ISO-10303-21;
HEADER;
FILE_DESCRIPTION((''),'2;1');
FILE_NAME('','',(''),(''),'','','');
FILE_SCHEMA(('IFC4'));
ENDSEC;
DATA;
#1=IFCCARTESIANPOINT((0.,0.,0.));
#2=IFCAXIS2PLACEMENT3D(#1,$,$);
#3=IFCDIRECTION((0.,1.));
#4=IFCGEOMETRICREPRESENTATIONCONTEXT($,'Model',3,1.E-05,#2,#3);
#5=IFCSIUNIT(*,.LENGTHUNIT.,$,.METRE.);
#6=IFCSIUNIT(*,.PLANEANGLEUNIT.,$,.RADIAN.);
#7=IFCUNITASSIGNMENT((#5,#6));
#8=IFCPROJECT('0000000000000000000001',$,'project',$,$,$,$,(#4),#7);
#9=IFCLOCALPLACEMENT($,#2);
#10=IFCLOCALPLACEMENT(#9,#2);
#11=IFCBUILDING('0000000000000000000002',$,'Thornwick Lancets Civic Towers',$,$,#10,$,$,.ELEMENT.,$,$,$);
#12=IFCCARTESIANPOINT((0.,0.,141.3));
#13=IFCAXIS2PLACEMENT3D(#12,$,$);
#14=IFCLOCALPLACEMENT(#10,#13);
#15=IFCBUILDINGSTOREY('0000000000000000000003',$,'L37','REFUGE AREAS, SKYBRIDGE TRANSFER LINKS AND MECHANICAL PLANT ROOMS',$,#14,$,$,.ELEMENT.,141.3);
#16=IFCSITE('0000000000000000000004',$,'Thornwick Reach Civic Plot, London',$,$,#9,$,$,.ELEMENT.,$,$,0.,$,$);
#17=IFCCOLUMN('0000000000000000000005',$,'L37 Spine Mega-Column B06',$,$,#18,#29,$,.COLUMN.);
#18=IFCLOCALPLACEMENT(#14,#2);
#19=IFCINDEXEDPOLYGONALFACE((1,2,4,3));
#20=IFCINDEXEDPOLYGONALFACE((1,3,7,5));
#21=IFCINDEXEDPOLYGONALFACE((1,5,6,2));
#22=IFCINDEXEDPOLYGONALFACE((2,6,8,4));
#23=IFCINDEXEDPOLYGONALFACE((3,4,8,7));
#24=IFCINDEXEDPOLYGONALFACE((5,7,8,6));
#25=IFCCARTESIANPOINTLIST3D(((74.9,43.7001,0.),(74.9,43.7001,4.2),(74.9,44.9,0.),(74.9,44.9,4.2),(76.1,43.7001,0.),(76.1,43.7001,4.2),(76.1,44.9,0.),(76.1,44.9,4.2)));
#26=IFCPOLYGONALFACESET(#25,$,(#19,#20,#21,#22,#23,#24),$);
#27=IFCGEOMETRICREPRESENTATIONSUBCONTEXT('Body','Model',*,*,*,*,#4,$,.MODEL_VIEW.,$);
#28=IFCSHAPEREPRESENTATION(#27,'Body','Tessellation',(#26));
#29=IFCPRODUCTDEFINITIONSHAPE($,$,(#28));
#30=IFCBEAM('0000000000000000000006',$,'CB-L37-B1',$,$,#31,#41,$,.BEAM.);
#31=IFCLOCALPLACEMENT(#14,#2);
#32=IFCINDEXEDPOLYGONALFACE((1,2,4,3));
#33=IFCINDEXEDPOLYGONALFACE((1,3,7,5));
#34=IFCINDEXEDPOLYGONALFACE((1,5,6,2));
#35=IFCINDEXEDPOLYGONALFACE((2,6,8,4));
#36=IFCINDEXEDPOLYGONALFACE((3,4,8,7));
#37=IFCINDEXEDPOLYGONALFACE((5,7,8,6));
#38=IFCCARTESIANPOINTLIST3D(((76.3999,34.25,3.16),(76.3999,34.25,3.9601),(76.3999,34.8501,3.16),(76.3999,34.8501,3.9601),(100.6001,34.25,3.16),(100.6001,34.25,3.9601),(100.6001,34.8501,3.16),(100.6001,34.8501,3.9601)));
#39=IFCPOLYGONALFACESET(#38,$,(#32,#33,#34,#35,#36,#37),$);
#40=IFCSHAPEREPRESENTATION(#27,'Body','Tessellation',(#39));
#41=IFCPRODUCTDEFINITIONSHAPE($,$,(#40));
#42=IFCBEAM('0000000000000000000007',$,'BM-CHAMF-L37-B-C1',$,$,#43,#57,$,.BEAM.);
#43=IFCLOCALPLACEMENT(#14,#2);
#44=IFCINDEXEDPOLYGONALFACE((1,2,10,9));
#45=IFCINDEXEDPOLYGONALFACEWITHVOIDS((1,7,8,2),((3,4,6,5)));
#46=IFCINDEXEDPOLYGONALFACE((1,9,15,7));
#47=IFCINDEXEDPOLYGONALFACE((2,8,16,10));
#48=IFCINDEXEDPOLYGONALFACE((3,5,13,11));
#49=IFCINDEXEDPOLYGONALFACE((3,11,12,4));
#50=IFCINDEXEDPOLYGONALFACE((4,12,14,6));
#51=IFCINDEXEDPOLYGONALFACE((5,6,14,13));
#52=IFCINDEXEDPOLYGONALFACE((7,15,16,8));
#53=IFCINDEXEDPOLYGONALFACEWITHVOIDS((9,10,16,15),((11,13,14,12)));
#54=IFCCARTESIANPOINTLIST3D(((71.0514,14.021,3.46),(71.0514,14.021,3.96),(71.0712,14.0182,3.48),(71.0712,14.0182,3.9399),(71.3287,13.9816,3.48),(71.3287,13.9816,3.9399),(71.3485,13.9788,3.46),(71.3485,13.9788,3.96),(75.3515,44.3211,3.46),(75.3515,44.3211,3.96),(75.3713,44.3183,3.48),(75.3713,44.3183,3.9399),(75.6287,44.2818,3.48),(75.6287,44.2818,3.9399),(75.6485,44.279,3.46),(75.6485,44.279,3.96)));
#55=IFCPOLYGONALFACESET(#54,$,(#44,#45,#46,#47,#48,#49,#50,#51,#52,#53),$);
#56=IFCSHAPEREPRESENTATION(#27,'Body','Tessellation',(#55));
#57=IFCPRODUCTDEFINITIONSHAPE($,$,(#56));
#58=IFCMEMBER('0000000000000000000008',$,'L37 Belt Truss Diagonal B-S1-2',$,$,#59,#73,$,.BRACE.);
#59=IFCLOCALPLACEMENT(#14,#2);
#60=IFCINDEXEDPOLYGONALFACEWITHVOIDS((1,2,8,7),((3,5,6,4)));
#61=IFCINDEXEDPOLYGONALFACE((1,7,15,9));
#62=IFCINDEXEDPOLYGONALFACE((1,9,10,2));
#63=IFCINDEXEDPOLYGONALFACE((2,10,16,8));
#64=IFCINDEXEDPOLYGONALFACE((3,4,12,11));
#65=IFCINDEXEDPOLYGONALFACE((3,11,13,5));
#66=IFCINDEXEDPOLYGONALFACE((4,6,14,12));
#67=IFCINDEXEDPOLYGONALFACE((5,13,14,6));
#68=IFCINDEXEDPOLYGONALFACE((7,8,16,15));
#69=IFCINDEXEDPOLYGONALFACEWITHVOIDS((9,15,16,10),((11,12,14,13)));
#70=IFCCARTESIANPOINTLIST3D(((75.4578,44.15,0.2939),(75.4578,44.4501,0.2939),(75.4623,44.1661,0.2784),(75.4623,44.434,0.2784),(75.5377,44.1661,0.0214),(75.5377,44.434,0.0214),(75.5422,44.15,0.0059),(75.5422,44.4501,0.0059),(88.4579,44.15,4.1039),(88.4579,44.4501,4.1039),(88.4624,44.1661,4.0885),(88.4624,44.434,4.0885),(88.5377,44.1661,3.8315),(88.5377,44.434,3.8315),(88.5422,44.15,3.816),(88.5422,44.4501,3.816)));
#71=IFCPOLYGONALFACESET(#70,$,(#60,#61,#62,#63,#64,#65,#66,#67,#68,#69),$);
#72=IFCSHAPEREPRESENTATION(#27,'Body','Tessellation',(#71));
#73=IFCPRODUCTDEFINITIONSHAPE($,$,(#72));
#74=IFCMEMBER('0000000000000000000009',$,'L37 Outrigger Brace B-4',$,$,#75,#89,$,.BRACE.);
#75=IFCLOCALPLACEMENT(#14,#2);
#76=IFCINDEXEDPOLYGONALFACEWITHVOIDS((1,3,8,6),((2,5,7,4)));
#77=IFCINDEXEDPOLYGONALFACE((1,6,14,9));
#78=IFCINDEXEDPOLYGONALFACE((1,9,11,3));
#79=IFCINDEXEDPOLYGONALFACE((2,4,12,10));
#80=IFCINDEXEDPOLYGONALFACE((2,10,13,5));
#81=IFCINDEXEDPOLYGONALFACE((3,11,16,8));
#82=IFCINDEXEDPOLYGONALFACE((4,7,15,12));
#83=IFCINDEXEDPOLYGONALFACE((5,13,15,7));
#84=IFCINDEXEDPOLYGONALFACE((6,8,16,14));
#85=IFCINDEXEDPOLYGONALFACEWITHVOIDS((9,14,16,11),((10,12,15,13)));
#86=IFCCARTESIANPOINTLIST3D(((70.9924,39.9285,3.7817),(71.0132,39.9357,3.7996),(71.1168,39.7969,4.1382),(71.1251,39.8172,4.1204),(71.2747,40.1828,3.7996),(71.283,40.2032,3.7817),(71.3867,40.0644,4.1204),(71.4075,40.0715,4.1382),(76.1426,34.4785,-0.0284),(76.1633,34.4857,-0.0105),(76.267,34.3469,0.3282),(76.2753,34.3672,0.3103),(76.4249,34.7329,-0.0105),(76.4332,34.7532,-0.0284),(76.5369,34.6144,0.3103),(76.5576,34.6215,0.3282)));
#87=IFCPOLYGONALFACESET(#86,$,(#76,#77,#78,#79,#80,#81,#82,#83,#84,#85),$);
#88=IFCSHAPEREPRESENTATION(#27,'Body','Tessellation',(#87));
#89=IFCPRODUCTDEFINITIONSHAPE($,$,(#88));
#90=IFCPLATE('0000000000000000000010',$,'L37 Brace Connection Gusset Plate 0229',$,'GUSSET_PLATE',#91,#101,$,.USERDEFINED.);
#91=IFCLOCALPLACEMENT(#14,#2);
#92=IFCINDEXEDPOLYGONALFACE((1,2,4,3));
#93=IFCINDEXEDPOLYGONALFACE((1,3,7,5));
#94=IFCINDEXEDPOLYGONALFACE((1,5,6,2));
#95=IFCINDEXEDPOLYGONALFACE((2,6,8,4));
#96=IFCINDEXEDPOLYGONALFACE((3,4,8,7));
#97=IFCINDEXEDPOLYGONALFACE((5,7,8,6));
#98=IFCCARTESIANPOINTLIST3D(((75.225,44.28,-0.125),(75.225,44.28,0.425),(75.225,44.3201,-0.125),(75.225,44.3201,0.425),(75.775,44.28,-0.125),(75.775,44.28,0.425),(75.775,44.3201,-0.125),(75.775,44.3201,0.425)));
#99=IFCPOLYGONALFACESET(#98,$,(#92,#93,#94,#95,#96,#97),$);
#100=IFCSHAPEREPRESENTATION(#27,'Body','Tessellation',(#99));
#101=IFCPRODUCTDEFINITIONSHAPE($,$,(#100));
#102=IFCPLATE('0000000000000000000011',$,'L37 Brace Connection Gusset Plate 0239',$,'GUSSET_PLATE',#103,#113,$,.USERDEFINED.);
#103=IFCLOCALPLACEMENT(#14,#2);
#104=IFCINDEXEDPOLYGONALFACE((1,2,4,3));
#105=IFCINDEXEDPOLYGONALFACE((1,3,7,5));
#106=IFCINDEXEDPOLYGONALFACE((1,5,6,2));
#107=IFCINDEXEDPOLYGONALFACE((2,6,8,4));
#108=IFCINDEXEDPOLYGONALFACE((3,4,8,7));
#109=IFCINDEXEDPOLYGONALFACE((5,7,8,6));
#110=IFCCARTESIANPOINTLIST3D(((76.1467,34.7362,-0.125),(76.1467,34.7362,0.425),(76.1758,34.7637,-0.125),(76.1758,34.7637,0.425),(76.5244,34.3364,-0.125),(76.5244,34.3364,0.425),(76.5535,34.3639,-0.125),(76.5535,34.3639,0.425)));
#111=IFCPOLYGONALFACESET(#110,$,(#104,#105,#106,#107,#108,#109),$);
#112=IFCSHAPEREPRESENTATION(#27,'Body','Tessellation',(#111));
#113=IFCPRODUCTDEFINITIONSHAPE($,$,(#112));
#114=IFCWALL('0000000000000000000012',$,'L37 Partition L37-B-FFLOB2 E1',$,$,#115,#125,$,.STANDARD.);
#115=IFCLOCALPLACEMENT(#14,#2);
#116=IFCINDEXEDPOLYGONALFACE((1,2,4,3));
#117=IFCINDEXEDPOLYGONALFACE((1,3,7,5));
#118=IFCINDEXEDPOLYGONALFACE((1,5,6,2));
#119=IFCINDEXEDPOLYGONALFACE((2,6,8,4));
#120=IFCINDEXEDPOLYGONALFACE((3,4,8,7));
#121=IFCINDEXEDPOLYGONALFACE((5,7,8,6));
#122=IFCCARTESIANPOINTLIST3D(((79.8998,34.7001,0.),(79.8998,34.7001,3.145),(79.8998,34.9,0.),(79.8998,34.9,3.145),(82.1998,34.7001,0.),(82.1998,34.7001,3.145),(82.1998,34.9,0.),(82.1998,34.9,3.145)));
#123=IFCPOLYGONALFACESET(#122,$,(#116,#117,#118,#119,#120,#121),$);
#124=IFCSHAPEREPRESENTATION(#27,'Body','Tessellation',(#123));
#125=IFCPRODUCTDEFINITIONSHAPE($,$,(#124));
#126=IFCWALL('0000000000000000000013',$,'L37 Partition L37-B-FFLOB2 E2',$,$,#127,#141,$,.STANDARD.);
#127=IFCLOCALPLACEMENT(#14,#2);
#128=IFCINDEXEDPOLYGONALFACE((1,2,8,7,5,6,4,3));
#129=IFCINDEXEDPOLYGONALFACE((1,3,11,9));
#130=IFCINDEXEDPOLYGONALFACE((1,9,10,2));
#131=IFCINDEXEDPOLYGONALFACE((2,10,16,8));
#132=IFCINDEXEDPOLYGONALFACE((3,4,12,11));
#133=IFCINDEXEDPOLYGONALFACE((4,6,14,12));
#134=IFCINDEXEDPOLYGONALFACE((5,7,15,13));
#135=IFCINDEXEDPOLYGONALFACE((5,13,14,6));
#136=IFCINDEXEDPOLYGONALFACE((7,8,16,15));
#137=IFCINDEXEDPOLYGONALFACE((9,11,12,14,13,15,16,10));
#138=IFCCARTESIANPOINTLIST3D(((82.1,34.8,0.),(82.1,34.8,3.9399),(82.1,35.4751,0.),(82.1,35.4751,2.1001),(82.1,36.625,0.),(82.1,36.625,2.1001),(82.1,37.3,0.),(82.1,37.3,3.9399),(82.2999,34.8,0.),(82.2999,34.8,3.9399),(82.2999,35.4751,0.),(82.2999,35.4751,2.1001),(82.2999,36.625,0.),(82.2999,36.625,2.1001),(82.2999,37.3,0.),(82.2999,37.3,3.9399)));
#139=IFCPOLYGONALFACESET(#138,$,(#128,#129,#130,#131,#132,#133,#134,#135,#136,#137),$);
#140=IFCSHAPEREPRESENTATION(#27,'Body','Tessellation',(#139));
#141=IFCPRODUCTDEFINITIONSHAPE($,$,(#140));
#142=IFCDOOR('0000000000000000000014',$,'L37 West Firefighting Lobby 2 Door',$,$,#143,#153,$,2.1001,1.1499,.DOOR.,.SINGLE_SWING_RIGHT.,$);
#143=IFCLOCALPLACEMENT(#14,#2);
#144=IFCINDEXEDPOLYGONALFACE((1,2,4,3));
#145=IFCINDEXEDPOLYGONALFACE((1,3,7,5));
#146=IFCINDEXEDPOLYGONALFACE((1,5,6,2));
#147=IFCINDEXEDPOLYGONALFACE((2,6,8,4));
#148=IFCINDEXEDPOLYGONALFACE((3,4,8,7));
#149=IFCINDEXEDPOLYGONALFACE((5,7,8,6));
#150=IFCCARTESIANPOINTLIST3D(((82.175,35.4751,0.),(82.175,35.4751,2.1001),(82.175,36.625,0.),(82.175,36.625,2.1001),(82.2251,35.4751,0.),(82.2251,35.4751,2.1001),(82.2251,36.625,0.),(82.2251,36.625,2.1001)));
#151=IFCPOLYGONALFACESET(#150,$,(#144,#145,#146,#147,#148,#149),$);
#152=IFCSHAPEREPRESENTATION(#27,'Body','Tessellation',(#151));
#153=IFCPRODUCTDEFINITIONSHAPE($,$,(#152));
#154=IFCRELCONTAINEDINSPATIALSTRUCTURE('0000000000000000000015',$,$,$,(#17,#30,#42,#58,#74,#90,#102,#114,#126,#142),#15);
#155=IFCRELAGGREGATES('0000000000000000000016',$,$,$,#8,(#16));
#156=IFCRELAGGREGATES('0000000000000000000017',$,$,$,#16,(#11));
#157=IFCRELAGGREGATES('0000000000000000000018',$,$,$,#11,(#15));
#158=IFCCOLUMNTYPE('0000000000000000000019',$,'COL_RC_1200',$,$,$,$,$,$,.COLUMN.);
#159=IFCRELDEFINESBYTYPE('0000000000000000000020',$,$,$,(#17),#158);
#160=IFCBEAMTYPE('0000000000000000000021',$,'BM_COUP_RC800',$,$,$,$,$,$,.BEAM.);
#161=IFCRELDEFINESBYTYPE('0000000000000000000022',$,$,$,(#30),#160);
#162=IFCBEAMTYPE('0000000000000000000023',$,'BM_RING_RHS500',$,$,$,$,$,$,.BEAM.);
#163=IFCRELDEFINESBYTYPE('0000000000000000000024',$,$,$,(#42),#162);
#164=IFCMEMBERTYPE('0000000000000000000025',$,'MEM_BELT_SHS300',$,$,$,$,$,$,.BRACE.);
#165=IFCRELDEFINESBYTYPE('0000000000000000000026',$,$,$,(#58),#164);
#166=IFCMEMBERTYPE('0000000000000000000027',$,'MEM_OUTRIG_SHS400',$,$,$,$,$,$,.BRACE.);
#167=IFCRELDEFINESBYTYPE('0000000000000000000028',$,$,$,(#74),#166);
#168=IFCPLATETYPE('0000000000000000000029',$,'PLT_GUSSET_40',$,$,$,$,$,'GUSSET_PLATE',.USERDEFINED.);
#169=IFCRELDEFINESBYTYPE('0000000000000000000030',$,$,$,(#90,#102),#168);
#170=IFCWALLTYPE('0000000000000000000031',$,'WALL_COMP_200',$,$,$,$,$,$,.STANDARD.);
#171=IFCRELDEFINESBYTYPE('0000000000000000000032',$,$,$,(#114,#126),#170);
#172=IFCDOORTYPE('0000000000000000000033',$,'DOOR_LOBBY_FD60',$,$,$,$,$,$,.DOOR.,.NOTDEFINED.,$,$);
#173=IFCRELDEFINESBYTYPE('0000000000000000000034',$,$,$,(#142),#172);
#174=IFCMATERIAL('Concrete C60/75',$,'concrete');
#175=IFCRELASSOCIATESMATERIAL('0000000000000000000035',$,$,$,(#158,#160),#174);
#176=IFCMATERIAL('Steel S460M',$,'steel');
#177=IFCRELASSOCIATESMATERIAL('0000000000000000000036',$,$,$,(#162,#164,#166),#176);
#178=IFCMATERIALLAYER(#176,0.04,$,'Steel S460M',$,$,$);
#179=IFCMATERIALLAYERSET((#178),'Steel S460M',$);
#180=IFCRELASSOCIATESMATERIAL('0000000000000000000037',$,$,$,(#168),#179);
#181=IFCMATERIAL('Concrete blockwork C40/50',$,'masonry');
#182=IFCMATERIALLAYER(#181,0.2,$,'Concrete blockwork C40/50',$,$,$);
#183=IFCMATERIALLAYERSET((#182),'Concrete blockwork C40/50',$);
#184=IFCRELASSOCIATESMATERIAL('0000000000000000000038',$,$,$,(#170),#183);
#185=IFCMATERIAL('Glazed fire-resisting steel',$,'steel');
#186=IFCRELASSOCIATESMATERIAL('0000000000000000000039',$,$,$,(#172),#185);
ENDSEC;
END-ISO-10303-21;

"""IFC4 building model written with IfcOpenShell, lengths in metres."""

from ifc_helpers import new_model, si_unit, direction, frame, frame_2d, origin, origin_2d, place, context, subcontext, project, spatial, rectangle, hollow_rectangle, extrude, material, layer, layer_set, material_profile, profile_set, type_object, element, fill, save


model = new_model("IFC4")

# Units and contexts
model_context = context("Model", 3, precision=1e-05, world=origin(), true_north=direction((0.0, 1.0)))
body_context = subcontext(model_context, "Body", "Model", "MODEL_VIEW")
ifc_project = project(units=[si_unit("LENGTHUNIT", "METRE"), si_unit("PLANEANGLEUNIT", "RADIAN")], contexts=[model_context])

# Site, building, storey
site_placement = place(None, origin())
site = spatial("IfcSite", under=ifc_project, at=site_placement, Name="Thornwick Reach Civic Plot, London", CompositionType="ELEMENT", RefElevation=0.0)
building_placement = place(site_placement, origin())
building = spatial("IfcBuilding", under=site, at=building_placement, Name="Thornwick Lancets Civic Towers", CompositionType="ELEMENT")
storey_placement = place(building_placement, frame((0.0, 0.0, 141.3)))
storey = spatial("IfcBuildingStorey", under=building, at=storey_placement, Name="L37", Description="REFUGE AREAS, SKYBRIDGE TRANSFER LINKS AND MECHANICAL PLANT ROOMS", CompositionType="ELEMENT", Elevation=141.3)

# Column
ifc_material_1 = material(Name="Concrete C60/75", Category="concrete")
ifc_material_profile_1 = material_profile(ifc_material_1, rectangle(XDim=1.2, YDim=1.2, at=origin_2d()), Name="RC 1200x1200")
ifc_profile_set_1 = profile_set([ifc_material_profile_1], Name="Concrete C60/75")
column_type = type_object("IfcColumnType", Name="COL_RC_1200", PredefinedType="COLUMN", material=ifc_profile_set_1)
column_placement = place(storey_placement, frame((75.5, 44.3, 0.0), z_axis=(0.0, 0.0, 1.0), x_axis=(1.0, 0.0, 0.0)))
element("IfcColumn", 1, at=column_placement, inside=storey, type_object=column_type, Name="L37 Spine Mega-Column B06", PredefinedType="COLUMN", context=body_context, shape_type="SweptSolid", body=[
    extrude(rectangle(XDim=1.2, YDim=1.2, at=origin_2d()), origin(), (0.0, 0.0, 1.0), 4.2),
])

# Beams
ifc_material_profile_2 = material_profile(ifc_material_1, rectangle(XDim=0.6001, YDim=0.8, at=origin_2d()), Name="RC 600x800")
ifc_profile_set_2 = profile_set([ifc_material_profile_2], Name="Concrete C60/75")
beam_type_1 = type_object("IfcBeamType", Name="BM_COUP_RC800", PredefinedType="BEAM", material=ifc_profile_set_2)
beam_1_placement = place(storey_placement, frame((76.3999, 34.55, 3.5601), z_axis=(1.0, 0.0, 0.0), x_axis=(0.0, 1.0, 0.0)))
element("IfcBeam", 2, at=beam_1_placement, inside=storey, type_object=beam_type_1, Name="CB-L37-B1", PredefinedType="BEAM", context=body_context, shape_type="SweptSolid", body=[
    extrude(rectangle(XDim=0.6001, YDim=0.8, at=origin_2d()), origin(), (0.0, 0.0, 1.0), 24.2002),
])
ifc_material_2 = material(Name="Steel S460M", Category="steel")
ifc_material_profile_3 = material_profile(ifc_material_2, hollow_rectangle(XDim=0.3, YDim=0.5, WallThickness=0.02, at=origin_2d()), Name="RHS 500x300x20")
ifc_profile_set_3 = profile_set([ifc_material_profile_3], Name="Steel S460M")
beam_type_2 = type_object("IfcBeamType", Name="BM_RING_RHS500", PredefinedType="BEAM", material=ifc_profile_set_3)
beam_2_placement = place(storey_placement, frame((75.5, 44.3, 3.71), z_axis=(-0.140508, -0.99008, 0.0), x_axis=(0.99008, -0.140508, 0.0)))
element("IfcBeam", 3, at=beam_2_placement, inside=storey, type_object=beam_type_2, Name="BM-CHAMF-L37-B-C1", PredefinedType="BEAM", context=body_context, shape_type="SweptSolid", body=[
    extrude(hollow_rectangle(XDim=0.3, YDim=0.5, WallThickness=0.02, at=origin_2d()), origin(), (0.0, 0.0, 1.0), 30.6038),
])

# Members
ifc_material_profile_4 = material_profile(ifc_material_2, hollow_rectangle(XDim=0.3, YDim=0.3, WallThickness=0.0161, at=origin_2d()), Name="SHS 300x300x16")
ifc_profile_set_4 = profile_set([ifc_material_profile_4], Name="Steel S460M")
member_type_1 = type_object("IfcMemberType", Name="MEM_BELT_SHS300", PredefinedType="BRACE", material=ifc_profile_set_4)
member_1_placement = place(storey_placement, frame((75.5, 44.3, 0.1499), z_axis=(0.959634, 0.0, 0.281251), x_axis=(0.0, 1.0, 0.0)))
element("IfcMember", 4, at=member_1_placement, inside=storey, type_object=member_type_1, Name="L37 Belt Truss Diagonal B-S1-2", PredefinedType="BRACE", context=body_context, shape_type="SweptSolid", body=[
    extrude(hollow_rectangle(XDim=0.3, YDim=0.3, WallThickness=0.0161, at=origin_2d()), origin(), (0.0, 0.0, 1.0), 13.5469),
])
ifc_material_profile_5 = material_profile(ifc_material_2, hollow_rectangle(XDim=0.3999, YDim=0.3999, WallThickness=0.02, at=origin_2d()), Name="SHS 400x400x20")
ifc_profile_set_5 = profile_set([ifc_material_profile_5], Name="Steel S460M")
member_type_2 = type_object("IfcMemberType", Name="MEM_OUTRIG_SHS400", PredefinedType="BRACE", material=ifc_profile_set_5)
member_2_placement = place(storey_placement, frame((76.3501, 34.55, 0.1499), z_axis=(-0.612321, 0.647966, 0.452993), x_axis=(-0.726815, -0.686833, 0.0)))
element("IfcMember", 5, at=member_2_placement, inside=storey, type_object=member_type_2, Name="L37 Outrigger Brace B-4", PredefinedType="BRACE", context=body_context, shape_type="SweptSolid", body=[
    extrude(hollow_rectangle(XDim=0.3999, YDim=0.3999, WallThickness=0.02, at=origin_2d()), origin(), (0.0, 0.0, 1.0), 8.4109),
])

# Plates
ifc_layer_1 = layer(ifc_material_2, 0.04, Name="Steel S460M")
ifc_layer_set_1 = layer_set([ifc_layer_1], Name="Steel S460M")
plate_type = type_object("IfcPlateType", Name="PLT_GUSSET_40", ElementType="GUSSET_PLATE", PredefinedType="USERDEFINED", material=ifc_layer_set_1)
for number, where, z_axis, x_axis, name in (
    (6, (75.5, 44.3, -0.125), (0.0, 0.0, 1.0), (1.0, 0.0, 0.0), "L37 Brace Connection Gusset Plate 0229"),
    (7, (76.3501, 34.55, -0.125), (0.0, 0.0, 1.0), (-0.686834, 0.726814, 0.0), "L37 Brace Connection Gusset Plate 0239"),
):
    element("IfcPlate", number, at=place(storey_placement, frame(where, z_axis=z_axis, x_axis=x_axis)), inside=storey, type_object=plate_type, Name=name, ObjectType="GUSSET_PLATE", PredefinedType="USERDEFINED", context=body_context, shape_type="SweptSolid", body=[
        extrude(rectangle(XDim=0.55, YDim=0.04, at=origin_2d()), origin(), (0.0, 0.0, 1.0), 0.55),
    ])

# Wall
ifc_material_3 = material(Name="Concrete blockwork C40/50", Category="masonry")
ifc_layer_2 = layer(ifc_material_3, 0.2, Name="Concrete blockwork C40/50")
ifc_layer_set_2 = layer_set([ifc_layer_2], Name="Concrete blockwork C40/50")
wall_type_1 = type_object("IfcWallType", Name="WALL_COMP_200", PredefinedType="STANDARD", material=ifc_layer_set_2)
wall_1_placement = place(storey_placement, frame((79.8999, 34.8, 0.0), z_axis=(0.0, 0.0, 1.0), x_axis=(1.0, 0.0, 0.0)))
element("IfcWall", 8, at=wall_1_placement, inside=storey, type_object=wall_type_1, Name="L37 Partition L37-B-FFLOB2 E1", PredefinedType="STANDARD", context=body_context, shape_type="SweptSolid", body=[
    extrude(rectangle(XDim=2.3, YDim=0.2, at=frame_2d((1.1499, 0.0))), origin(), (0.0, 0.0, 1.0), 3.145),
])

# Wall, opening, door
wall_2_placement = place(storey_placement, frame((82.2, 34.8, 0.0), z_axis=(0.0, 0.0, 1.0), x_axis=(0.0, 1.0, 0.0)))
wall_2 = element("IfcWall", 9, at=wall_2_placement, inside=storey, type_object=wall_type_1, Name="L37 Partition L37-B-FFLOB2 E2", PredefinedType="STANDARD", context=body_context, shape_type="SweptSolid", body=[
    extrude(rectangle(XDim=2.5, YDim=0.2, at=frame_2d((1.25, 0.0))), origin(), (0.0, 0.0, 1.0), 3.9399),
])
opening_1_placement = place(wall_2_placement, frame((0.675, 0.0, 0.0)))
opening_1 = element("IfcOpeningElement", 10, at=opening_1_placement, cuts=wall_2, PredefinedType="OPENING", context=body_context, shape_type="SweptSolid", body=[
    extrude(rectangle(XDim=1.1499, YDim=2.1001, at=frame_2d((0.575, 1.05))), frame((0.0, 0.1099, 0.0), z_axis=(0.0, -1.0, 0.0), x_axis=(1.0, 0.0, 0.0)), (0.0, 0.0, 1.0), 0.22),
])
ifc_material_4 = material(Name="Glazed fire-resisting steel", Category="steel")
door_type_1 = type_object("IfcDoorType", Name="DOOR_LOBBY_FD60", OperationType="NOTDEFINED", PredefinedType="DOOR", material=ifc_material_4)
door_1_placement = place(opening_1_placement, origin())
door_1 = element("IfcDoor", 11, at=door_1_placement, inside=storey, type_object=door_type_1, Name="L37 West Firefighting Lobby 2 Door", OperationType="SINGLE_SWING_RIGHT", OverallHeight=2.1001, OverallWidth=1.1499, PredefinedType="DOOR", context=body_context, shape_type="SweptSolid", body=[
    extrude(rectangle(XDim=1.1499, YDim=2.1001, at=frame_2d((0.575, 1.05))), frame((0.0, 0.0249, 0.0), z_axis=(0.0, -1.0, 0.0), x_axis=(1.0, 0.0, 0.0)), (0.0, 0.0, 1.0), 0.05),
])
fill(opening_1, door_1)

save(model, "model.ifc")
